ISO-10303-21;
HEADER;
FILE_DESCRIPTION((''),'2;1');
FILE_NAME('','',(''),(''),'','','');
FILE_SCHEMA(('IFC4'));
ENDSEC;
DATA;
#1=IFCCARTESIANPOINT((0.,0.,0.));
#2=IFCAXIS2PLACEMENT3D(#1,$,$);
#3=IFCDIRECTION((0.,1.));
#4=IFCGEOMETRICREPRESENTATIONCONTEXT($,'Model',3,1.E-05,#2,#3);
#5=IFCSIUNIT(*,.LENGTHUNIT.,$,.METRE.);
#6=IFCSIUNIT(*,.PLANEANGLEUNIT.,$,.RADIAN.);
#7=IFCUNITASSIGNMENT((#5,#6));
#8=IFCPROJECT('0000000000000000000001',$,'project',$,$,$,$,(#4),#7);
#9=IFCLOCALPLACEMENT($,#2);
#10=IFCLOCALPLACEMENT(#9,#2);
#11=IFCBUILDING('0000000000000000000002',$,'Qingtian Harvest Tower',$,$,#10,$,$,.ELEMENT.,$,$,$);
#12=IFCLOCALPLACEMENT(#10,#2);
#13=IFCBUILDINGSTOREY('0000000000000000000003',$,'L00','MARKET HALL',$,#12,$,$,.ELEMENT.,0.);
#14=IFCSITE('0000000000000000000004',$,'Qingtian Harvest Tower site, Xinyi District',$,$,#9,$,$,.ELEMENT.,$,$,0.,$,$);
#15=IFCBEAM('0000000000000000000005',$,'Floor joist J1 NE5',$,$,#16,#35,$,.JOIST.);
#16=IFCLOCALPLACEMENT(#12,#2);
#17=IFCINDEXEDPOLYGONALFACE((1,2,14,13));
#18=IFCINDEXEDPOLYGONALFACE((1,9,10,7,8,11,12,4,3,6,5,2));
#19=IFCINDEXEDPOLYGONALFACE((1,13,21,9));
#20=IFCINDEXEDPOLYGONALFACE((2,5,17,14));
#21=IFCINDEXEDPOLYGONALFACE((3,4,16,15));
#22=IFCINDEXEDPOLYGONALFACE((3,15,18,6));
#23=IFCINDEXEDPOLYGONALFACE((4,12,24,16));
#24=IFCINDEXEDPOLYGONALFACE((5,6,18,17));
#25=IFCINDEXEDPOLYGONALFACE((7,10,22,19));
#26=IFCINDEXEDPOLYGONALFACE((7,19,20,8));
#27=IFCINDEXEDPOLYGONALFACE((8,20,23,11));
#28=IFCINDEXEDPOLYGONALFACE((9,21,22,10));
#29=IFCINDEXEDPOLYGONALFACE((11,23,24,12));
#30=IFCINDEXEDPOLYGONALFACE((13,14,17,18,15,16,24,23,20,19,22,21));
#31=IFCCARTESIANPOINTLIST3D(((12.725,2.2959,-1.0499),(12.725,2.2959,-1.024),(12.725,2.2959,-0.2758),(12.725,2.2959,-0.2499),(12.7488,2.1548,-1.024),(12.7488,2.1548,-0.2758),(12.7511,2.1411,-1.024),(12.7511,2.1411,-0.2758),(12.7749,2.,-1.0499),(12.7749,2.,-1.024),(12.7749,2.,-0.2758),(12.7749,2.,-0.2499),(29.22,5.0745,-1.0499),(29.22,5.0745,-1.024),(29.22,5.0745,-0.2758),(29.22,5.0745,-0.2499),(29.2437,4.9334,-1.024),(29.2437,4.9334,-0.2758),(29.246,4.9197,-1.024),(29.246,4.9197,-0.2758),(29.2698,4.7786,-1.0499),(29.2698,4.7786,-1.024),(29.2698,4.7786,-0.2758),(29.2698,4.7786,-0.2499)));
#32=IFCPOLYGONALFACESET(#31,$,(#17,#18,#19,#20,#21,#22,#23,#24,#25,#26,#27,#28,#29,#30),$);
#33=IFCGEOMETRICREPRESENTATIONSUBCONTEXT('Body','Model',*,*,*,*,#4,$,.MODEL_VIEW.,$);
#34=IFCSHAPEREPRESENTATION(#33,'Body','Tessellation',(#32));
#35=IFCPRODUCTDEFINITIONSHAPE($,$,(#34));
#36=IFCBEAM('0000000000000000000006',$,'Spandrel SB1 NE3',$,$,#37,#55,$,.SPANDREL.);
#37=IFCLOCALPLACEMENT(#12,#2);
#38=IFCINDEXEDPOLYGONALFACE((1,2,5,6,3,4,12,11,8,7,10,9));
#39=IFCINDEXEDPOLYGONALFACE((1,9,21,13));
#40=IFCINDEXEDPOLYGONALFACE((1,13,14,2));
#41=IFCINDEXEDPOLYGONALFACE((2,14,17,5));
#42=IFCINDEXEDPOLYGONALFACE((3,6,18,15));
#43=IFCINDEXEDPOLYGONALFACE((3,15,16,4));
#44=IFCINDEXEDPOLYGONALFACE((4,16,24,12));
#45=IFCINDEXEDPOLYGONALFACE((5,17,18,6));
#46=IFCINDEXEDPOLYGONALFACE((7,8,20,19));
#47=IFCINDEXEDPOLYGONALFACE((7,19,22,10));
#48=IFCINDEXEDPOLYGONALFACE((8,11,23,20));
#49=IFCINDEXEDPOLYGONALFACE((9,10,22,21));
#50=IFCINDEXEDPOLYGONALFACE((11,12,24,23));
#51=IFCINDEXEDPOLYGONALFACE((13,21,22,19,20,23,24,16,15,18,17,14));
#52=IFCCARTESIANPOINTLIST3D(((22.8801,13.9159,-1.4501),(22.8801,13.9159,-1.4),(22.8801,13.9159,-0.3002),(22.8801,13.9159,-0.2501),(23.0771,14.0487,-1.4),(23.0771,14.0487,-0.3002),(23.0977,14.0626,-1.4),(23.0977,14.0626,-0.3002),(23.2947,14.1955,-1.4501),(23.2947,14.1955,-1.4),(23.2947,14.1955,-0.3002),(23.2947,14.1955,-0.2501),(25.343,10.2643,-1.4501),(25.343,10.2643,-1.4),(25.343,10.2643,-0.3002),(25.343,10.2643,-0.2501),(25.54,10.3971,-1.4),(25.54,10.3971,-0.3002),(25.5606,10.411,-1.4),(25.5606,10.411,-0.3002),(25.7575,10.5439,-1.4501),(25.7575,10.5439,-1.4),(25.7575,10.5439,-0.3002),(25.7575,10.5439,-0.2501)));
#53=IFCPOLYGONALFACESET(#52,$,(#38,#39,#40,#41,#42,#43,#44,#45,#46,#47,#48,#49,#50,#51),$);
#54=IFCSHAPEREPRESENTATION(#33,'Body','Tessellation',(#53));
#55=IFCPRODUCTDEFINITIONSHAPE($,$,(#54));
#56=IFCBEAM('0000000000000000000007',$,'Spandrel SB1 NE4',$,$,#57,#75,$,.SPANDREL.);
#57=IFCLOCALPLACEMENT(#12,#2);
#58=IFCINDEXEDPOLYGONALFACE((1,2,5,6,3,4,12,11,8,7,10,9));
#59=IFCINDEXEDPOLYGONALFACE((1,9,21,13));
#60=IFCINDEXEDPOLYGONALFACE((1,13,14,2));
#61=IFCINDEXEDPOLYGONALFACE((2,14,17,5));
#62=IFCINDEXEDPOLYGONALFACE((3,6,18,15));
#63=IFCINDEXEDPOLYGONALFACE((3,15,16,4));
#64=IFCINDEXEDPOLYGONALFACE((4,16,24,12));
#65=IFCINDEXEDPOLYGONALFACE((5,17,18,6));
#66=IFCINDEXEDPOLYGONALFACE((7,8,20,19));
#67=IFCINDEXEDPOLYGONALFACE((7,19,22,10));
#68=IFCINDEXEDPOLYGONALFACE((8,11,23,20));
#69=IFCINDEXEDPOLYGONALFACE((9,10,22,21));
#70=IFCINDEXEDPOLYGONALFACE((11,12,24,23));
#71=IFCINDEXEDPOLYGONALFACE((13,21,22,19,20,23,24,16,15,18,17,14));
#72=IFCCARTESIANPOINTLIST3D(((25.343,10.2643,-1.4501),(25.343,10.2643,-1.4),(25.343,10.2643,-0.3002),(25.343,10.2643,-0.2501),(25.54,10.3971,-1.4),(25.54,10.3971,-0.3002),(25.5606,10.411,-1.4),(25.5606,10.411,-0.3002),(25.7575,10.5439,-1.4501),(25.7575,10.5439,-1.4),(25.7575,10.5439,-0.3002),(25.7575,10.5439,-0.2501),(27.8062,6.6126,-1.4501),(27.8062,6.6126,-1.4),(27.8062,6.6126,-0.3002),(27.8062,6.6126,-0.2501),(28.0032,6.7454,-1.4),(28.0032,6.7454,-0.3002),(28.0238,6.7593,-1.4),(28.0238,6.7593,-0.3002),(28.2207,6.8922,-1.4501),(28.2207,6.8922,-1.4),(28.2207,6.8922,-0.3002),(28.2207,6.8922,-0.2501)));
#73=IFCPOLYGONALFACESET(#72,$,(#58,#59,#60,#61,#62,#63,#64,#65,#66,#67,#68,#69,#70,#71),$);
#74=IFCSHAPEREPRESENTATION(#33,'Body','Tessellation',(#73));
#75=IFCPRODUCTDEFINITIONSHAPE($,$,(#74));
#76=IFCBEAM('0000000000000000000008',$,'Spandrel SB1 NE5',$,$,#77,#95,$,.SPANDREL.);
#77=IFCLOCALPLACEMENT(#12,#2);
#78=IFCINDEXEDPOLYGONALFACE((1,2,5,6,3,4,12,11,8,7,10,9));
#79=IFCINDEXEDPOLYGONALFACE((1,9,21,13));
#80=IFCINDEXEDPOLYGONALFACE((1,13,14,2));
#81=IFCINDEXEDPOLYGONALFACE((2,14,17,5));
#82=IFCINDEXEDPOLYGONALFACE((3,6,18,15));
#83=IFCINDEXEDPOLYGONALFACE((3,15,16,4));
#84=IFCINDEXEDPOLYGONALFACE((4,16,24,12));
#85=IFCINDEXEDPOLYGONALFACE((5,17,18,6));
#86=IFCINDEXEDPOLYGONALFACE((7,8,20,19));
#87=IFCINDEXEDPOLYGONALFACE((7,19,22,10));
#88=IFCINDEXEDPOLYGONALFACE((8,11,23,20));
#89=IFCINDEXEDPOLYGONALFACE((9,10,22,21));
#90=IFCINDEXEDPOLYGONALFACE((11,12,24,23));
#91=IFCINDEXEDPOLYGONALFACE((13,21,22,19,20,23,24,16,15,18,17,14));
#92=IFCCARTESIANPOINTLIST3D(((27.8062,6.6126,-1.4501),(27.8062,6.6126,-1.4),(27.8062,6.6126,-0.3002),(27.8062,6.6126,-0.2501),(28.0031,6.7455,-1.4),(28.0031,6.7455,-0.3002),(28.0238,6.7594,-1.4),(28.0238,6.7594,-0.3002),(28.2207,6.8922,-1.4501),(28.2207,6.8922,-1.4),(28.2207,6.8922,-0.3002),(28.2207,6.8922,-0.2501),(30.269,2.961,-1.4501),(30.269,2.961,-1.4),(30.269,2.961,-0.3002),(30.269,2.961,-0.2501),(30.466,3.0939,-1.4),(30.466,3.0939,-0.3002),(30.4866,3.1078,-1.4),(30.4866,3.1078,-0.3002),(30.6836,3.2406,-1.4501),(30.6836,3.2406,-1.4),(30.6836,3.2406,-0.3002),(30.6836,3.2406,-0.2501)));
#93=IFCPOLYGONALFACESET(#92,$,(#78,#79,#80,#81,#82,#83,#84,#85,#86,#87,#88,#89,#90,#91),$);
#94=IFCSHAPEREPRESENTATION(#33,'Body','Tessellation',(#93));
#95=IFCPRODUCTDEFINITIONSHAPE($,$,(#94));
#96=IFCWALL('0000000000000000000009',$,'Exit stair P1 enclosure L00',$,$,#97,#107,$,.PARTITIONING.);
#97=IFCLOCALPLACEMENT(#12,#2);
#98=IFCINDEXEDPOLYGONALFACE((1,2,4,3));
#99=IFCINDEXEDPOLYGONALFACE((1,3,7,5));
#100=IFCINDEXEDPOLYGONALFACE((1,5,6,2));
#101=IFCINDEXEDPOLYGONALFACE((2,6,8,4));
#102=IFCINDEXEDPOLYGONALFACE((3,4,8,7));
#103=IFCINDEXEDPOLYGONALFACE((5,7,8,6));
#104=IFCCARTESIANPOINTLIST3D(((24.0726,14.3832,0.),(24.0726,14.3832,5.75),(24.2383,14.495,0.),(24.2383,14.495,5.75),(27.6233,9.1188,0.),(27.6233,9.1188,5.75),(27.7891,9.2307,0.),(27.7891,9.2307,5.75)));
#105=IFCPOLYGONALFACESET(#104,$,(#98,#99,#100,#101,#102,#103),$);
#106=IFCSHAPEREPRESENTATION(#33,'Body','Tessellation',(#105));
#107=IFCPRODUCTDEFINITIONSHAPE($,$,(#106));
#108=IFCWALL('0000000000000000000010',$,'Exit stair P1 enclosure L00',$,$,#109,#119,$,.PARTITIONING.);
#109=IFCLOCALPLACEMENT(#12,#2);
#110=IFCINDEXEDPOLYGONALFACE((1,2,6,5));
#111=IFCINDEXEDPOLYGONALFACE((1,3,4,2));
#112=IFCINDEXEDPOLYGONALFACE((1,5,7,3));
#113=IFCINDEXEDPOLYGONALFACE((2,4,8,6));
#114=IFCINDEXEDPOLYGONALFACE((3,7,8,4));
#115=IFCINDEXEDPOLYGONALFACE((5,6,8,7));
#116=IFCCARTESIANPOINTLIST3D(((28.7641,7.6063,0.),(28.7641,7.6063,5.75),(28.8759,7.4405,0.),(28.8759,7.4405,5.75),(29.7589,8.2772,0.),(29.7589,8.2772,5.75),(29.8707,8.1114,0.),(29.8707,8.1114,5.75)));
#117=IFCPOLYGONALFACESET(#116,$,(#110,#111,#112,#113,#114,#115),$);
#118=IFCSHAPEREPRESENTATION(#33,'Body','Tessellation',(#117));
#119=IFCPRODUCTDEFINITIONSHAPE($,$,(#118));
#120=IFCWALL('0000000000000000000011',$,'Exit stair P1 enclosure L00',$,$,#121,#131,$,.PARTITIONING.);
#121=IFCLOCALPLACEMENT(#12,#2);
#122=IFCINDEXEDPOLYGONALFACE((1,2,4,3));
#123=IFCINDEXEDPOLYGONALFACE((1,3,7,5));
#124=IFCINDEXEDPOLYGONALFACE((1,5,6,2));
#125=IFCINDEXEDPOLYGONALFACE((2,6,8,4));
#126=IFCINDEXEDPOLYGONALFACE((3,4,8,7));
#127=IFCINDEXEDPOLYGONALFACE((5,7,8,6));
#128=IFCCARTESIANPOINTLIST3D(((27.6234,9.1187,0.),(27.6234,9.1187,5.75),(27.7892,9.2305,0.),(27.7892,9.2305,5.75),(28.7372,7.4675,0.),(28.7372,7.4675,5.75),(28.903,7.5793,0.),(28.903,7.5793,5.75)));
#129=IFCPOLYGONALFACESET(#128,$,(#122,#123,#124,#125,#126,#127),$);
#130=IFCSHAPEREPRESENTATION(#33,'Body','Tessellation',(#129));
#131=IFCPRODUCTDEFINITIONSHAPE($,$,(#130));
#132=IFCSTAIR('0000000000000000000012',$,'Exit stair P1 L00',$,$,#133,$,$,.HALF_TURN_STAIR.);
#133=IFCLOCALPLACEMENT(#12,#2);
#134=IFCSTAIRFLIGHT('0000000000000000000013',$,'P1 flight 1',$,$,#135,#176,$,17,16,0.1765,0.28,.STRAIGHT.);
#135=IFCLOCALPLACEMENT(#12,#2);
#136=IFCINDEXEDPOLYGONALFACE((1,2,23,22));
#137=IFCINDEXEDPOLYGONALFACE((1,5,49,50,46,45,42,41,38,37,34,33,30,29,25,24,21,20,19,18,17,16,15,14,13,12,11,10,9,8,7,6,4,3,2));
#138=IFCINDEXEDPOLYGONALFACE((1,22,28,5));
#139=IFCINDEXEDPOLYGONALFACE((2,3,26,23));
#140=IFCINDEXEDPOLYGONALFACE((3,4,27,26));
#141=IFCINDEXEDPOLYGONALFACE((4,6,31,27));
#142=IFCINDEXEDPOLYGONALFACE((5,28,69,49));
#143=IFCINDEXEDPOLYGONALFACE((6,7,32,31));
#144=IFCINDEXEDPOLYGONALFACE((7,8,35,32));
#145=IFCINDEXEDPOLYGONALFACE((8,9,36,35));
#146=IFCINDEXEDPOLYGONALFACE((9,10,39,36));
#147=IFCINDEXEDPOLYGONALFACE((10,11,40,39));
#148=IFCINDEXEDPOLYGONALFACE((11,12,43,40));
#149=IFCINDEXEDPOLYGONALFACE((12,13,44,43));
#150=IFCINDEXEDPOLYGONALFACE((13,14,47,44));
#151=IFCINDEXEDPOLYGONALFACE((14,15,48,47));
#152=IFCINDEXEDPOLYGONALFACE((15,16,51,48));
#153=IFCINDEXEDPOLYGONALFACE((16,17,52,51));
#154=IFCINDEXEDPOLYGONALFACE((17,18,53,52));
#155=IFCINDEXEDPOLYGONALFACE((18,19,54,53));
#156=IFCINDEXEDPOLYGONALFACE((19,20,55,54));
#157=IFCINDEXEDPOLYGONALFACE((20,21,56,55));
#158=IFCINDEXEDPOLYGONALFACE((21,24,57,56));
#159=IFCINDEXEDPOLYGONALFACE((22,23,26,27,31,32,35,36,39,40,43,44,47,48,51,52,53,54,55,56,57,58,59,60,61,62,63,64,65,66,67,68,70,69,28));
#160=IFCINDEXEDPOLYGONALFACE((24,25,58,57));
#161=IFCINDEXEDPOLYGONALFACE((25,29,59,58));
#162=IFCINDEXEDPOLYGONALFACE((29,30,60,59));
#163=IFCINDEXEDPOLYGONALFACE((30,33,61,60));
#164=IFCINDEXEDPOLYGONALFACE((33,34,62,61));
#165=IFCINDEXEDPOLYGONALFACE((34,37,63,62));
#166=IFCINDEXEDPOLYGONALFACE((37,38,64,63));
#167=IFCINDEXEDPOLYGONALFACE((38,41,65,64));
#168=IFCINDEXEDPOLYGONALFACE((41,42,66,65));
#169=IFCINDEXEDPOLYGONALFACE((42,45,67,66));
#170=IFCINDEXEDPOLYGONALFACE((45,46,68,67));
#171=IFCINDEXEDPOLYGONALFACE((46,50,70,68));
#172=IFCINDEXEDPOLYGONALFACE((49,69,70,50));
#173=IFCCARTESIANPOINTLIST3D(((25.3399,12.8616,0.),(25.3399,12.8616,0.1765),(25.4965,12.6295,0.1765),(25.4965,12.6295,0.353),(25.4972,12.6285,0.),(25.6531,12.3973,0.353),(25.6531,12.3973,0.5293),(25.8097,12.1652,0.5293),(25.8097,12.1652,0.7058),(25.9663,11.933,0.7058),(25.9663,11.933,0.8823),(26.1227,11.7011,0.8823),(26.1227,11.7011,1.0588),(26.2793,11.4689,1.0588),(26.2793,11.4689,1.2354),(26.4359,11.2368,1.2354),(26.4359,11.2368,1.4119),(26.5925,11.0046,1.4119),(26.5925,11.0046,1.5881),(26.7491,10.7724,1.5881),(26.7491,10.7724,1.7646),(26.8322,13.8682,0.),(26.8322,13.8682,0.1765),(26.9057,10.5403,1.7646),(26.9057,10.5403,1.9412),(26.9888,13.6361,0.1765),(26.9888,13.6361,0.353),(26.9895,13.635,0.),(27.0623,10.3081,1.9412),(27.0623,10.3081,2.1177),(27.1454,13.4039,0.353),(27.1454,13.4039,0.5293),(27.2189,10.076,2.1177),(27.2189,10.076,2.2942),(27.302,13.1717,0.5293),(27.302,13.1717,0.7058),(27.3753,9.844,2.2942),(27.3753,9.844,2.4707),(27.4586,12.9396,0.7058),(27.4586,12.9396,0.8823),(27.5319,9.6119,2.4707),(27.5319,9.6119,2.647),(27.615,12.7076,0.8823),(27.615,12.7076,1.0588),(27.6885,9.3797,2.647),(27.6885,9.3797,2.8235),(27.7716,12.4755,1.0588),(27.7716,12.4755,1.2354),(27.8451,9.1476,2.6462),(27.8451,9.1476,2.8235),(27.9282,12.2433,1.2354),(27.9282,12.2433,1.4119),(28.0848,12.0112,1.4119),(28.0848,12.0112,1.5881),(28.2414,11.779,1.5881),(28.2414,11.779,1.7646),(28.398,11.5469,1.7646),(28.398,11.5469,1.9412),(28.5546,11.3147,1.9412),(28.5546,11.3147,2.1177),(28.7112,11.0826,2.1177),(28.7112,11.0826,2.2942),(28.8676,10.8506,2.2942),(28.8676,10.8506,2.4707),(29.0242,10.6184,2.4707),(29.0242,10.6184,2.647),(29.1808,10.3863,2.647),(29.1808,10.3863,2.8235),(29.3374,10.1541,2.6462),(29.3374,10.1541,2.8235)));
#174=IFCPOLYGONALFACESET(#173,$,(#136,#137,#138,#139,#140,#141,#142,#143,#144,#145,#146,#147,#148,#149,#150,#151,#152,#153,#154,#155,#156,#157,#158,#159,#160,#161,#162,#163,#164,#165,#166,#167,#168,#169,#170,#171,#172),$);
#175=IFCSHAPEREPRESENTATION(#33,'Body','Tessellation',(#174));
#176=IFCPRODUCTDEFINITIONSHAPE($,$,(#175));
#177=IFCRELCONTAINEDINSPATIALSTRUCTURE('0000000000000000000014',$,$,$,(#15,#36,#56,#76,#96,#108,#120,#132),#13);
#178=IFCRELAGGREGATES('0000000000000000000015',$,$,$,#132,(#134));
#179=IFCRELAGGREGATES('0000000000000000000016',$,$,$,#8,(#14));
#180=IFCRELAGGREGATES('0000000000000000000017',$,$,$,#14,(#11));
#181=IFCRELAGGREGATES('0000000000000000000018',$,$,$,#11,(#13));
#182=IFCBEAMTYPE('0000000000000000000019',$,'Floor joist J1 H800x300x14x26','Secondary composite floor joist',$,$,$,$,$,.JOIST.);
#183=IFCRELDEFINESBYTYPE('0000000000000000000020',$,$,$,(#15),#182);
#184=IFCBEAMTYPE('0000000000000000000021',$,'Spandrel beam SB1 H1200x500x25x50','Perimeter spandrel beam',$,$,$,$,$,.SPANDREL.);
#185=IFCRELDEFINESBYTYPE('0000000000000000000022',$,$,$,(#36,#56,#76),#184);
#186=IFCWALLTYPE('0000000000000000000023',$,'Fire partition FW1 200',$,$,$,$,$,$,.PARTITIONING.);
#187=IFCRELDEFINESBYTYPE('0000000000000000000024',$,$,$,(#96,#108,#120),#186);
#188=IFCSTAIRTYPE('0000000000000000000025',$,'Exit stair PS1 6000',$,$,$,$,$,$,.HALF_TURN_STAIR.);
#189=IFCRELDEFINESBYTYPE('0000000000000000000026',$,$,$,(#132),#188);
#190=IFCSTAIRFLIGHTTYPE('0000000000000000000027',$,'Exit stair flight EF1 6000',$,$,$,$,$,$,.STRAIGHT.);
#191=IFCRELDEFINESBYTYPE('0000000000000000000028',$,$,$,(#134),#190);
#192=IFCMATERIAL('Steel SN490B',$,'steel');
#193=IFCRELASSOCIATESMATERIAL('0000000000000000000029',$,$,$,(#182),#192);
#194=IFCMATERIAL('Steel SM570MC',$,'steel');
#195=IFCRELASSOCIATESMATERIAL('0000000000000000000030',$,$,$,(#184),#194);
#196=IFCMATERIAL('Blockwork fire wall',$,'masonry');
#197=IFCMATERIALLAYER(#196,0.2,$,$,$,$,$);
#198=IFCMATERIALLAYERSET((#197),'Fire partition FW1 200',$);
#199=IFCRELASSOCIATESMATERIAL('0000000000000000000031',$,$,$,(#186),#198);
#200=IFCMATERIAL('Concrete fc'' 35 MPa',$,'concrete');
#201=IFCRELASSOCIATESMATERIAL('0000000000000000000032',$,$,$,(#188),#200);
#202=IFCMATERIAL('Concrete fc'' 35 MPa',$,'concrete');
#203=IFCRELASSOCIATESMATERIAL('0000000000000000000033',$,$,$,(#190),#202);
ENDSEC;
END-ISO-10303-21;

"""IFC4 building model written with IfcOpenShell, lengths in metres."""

from ifc_helpers import new_model, si_unit, direction, frame, frame_2d, origin, origin_2d, place, context, subcontext, project, spatial, polyline, rectangle, i_section, outline, extrude, material, layer, layer_set, material_profile, profile_set, type_object, element, aggregate, save


model = new_model("IFC4")

# Units and contexts
model_context = context("Model", 3, precision=1e-05, world=origin(), true_north=direction((0.0, 1.0)))
body_context = subcontext(model_context, "Body", "Model", "MODEL_VIEW")
ifc_project = project(units=[si_unit("LENGTHUNIT", "METRE"), si_unit("PLANEANGLEUNIT", "RADIAN")], contexts=[model_context])

# Site, building, storey
site_placement = place(None, origin())
site = spatial("IfcSite", under=ifc_project, at=site_placement, Name="Qingtian Harvest Tower site, Xinyi District", CompositionType="ELEMENT", RefElevation=0.0)
building_placement = place(site_placement, origin())
building = spatial("IfcBuilding", under=site, at=building_placement, Name="Qingtian Harvest Tower", CompositionType="ELEMENT")
storey_placement = place(building_placement, origin())
storey = spatial("IfcBuildingStorey", under=building, at=storey_placement, Name="L00", Description="MARKET HALL", CompositionType="ELEMENT", Elevation=0.0)

# Beams
ifc_material_1 = material(Name="Steel SN490B", Category="steel")
ifc_material_profile_1 = material_profile(ifc_material_1, i_section(OverallWidth=0.3, OverallDepth=0.8, WebThickness=0.0139, FlangeThickness=0.0259, at=origin_2d()), Name="H800x300x14x26")
ifc_profile_set_1 = profile_set([ifc_material_profile_1], Name="Steel SN490B")
beam_type_1 = type_object("IfcBeamType", Name="Floor joist J1 H800x300x14x26", Description="Secondary composite floor joist", PredefinedType="JOIST", material=ifc_profile_set_1)
beam_1_placement = place(storey_placement, frame((29.2449, 4.9265, -0.6499), z_axis=(-0.986107, -0.16611, 0.0), x_axis=(0.16611, -0.986107, 0.0)))
element("IfcBeam", 1, at=beam_1_placement, inside=storey, type_object=beam_type_1, Name="Floor joist J1 NE5", PredefinedType="JOIST", context=body_context, shape_type="SweptSolid", body=[
    extrude(i_section(OverallWidth=0.3, OverallDepth=0.8, WebThickness=0.0139, FlangeThickness=0.0259, at=origin_2d()), origin(), (0.0, 0.0, 1.0), 16.7273),
])
ifc_material_2 = material(Name="Steel SM570MC", Category="steel")
ifc_material_profile_2 = material_profile(ifc_material_2, i_section(OverallWidth=0.5, OverallDepth=1.2, WebThickness=0.0249, FlangeThickness=0.05, at=origin_2d()), Name="H1200x500x25x50")
ifc_profile_set_2 = profile_set([ifc_material_profile_2], Name="Steel SM570MC")
beam_type_2 = type_object("IfcBeamType", Name="Spandrel beam SB1 H1200x500x25x50", Description="Perimeter spandrel beam", PredefinedType="SPANDREL", material=ifc_profile_set_2)
beam_2_placement = place(storey_placement, frame((23.0874, 14.0557, -0.8501), z_axis=(0.559169, -0.829054, 0.0), x_axis=(0.829054, 0.559169, 0.0)))
element("IfcBeam", 2, at=beam_2_placement, inside=storey, type_object=beam_type_2, Name="Spandrel SB1 NE3", PredefinedType="SPANDREL", context=body_context, shape_type="SweptSolid", body=[
    extrude(i_section(OverallWidth=0.5, OverallDepth=1.2, WebThickness=0.0249, FlangeThickness=0.05, at=origin_2d()), origin(), (0.0, 0.0, 1.0), 4.4045),
])
beam_3_placement = place(storey_placement, frame((25.5503, 10.4041, -0.8501), z_axis=(0.559207, -0.829028, 0.0), x_axis=(0.829028, 0.559207, 0.0)))
element("IfcBeam", 3, at=beam_3_placement, inside=storey, type_object=beam_type_2, Name="Spandrel SB1 NE4", PredefinedType="SPANDREL", context=body_context, shape_type="SweptSolid", body=[
    extrude(i_section(OverallWidth=0.5, OverallDepth=1.2, WebThickness=0.0249, FlangeThickness=0.05, at=origin_2d()), origin(), (0.0, 0.0, 1.0), 4.4048),
])
beam_4_placement = place(storey_placement, frame((28.0134, 6.7524, -0.8501), z_axis=(0.559169, -0.829054, 0.0), x_axis=(0.829054, 0.559169, 0.0)))
element("IfcBeam", 4, at=beam_4_placement, inside=storey, type_object=beam_type_2, Name="Spandrel SB1 NE5", PredefinedType="SPANDREL", context=body_context, shape_type="SweptSolid", body=[
    extrude(i_section(OverallWidth=0.5, OverallDepth=1.2, WebThickness=0.0249, FlangeThickness=0.05, at=origin_2d()), origin(), (0.0, 0.0, 1.0), 4.4045),
])

# Walls
ifc_material_3 = material(Name="Blockwork fire wall", Category="masonry")
ifc_layer = layer(ifc_material_3, 0.2)
ifc_layer_set = layer_set([ifc_layer], Name="Fire partition FW1 200")
wall_type = type_object("IfcWallType", Name="Fire partition FW1 200", PredefinedType="PARTITIONING", material=ifc_layer_set)
wall_1_placement = place(storey_placement, frame((24.1555, 14.439, 0.0), z_axis=(0.0, 0.0, 1.0), x_axis=(0.559182, -0.829045, 0.0)))
element("IfcWall", 5, at=wall_1_placement, inside=storey, type_object=wall_type, Name="Exit stair P1 enclosure L00", PredefinedType="PARTITIONING", context=body_context, shape_type="SweptSolid", body=[
    extrude(rectangle(XDim=6.3499, YDim=0.2, at=frame_2d((3.1748, 0.0))), origin(), (0.0, 0.0, 1.0), 5.75),
])
wall_2_placement = place(storey_placement, frame((29.8149, 8.1943, 0.0), z_axis=(0.0, 0.0, 1.0), x_axis=(-0.829096, -0.559106, 0.0)))
element("IfcWall", 6, at=wall_2_placement, inside=storey, type_object=wall_type, Name="Exit stair P1 enclosure L00", PredefinedType="PARTITIONING", context=body_context, shape_type="SweptSolid", body=[
    extrude(rectangle(XDim=1.2, YDim=0.2, at=frame_2d((0.6001, 0.0))), origin(), (0.0, 0.0, 1.0), 5.75),
])
wall_3_placement = place(storey_placement, frame((27.7063, 9.1746, 0.0), z_axis=(0.0, 0.0, 1.0), x_axis=(0.559218, -0.829021, 0.0)))
element("IfcWall", 7, at=wall_3_placement, inside=storey, type_object=wall_type, Name="Exit stair P1 enclosure L00", PredefinedType="PARTITIONING", context=body_context, shape_type="SweptSolid", body=[
    extrude(rectangle(XDim=1.9917, YDim=0.2, at=frame_2d((0.9958, 0.0))), origin(), (0.0, 0.0, 1.0), 5.75),
])

# Stair, stair flight
ifc_material_4 = material(Name="Concrete fc' 35 MPa", Category="concrete")
stair_type = type_object("IfcStairType", Name="Exit stair PS1 6000", PredefinedType="HALF_TURN_STAIR", material=ifc_material_4)
stair_placement = place(storey_placement, origin())
stair = element("IfcStair", 8, at=stair_placement, inside=storey, type_object=stair_type, Name="Exit stair P1 L00", PredefinedType="HALF_TURN_STAIR")
ifc_material_5 = material(Name="Concrete fc' 35 MPa", Category="concrete")
stair_flight_type = type_object("IfcStairFlightType", Name="Exit stair flight EF1 6000", PredefinedType="STRAIGHT", material=ifc_material_5)
stair_flight_1_placement = place(storey_placement, frame((26.0862, 13.365, 0.0), z_axis=(0.0, 0.0, 1.0), x_axis=(0.559193, -0.829038, 0.0)))
stair_flight_1 = element("IfcStairFlight", 9, at=stair_flight_1_placement, type_object=stair_flight_type, Name="P1 flight 1", NumberOfRisers=17, NumberOfTreads=16, PredefinedType="STRAIGHT", RiserHeight=0.1765, TreadLength=0.28, context=body_context, shape_type="SweptSolid", body=[
    extrude(outline(polyline([(0.0, 0.0), (0.0, 0.1765), (0.28, 0.1765), (0.28, 0.353), (0.5601, 0.353), (0.5601, 0.5293), (0.8401, 0.5293), (0.8401, 0.7058), (1.1201, 0.7058), (1.1201, 0.8823), (1.3999, 0.8823), (1.3999, 1.0588), (1.6799, 1.0588), (1.6799, 1.2354), (1.96, 1.2354), (1.96, 1.4119), (2.24, 1.4119), (2.24, 1.5881), (2.52, 1.5881), (2.52, 1.7646), (2.8, 1.7646), (2.8, 1.9412), (3.0801, 1.9412), (3.0801, 2.1177), (3.3601, 2.1177), (3.3601, 2.2942), (3.6399, 2.2942), (3.6399, 2.4707), (3.9199, 2.4707), (3.9199, 2.647), (4.2, 2.647), (4.2, 2.8235), (4.48, 2.8235), (4.48, 3.0), (4.48, 2.6462), (0.2812, 0.0), (0.0, 0.0)])), frame((0.0, 0.8999, 0.0), z_axis=(0.0, -1.0, 0.0), x_axis=(1.0, 0.0, 0.0)), (0.0, 0.0, 1.0), 1.8),
])
aggregate(stair, [stair_flight_1])

save(model, "model.ifc")
